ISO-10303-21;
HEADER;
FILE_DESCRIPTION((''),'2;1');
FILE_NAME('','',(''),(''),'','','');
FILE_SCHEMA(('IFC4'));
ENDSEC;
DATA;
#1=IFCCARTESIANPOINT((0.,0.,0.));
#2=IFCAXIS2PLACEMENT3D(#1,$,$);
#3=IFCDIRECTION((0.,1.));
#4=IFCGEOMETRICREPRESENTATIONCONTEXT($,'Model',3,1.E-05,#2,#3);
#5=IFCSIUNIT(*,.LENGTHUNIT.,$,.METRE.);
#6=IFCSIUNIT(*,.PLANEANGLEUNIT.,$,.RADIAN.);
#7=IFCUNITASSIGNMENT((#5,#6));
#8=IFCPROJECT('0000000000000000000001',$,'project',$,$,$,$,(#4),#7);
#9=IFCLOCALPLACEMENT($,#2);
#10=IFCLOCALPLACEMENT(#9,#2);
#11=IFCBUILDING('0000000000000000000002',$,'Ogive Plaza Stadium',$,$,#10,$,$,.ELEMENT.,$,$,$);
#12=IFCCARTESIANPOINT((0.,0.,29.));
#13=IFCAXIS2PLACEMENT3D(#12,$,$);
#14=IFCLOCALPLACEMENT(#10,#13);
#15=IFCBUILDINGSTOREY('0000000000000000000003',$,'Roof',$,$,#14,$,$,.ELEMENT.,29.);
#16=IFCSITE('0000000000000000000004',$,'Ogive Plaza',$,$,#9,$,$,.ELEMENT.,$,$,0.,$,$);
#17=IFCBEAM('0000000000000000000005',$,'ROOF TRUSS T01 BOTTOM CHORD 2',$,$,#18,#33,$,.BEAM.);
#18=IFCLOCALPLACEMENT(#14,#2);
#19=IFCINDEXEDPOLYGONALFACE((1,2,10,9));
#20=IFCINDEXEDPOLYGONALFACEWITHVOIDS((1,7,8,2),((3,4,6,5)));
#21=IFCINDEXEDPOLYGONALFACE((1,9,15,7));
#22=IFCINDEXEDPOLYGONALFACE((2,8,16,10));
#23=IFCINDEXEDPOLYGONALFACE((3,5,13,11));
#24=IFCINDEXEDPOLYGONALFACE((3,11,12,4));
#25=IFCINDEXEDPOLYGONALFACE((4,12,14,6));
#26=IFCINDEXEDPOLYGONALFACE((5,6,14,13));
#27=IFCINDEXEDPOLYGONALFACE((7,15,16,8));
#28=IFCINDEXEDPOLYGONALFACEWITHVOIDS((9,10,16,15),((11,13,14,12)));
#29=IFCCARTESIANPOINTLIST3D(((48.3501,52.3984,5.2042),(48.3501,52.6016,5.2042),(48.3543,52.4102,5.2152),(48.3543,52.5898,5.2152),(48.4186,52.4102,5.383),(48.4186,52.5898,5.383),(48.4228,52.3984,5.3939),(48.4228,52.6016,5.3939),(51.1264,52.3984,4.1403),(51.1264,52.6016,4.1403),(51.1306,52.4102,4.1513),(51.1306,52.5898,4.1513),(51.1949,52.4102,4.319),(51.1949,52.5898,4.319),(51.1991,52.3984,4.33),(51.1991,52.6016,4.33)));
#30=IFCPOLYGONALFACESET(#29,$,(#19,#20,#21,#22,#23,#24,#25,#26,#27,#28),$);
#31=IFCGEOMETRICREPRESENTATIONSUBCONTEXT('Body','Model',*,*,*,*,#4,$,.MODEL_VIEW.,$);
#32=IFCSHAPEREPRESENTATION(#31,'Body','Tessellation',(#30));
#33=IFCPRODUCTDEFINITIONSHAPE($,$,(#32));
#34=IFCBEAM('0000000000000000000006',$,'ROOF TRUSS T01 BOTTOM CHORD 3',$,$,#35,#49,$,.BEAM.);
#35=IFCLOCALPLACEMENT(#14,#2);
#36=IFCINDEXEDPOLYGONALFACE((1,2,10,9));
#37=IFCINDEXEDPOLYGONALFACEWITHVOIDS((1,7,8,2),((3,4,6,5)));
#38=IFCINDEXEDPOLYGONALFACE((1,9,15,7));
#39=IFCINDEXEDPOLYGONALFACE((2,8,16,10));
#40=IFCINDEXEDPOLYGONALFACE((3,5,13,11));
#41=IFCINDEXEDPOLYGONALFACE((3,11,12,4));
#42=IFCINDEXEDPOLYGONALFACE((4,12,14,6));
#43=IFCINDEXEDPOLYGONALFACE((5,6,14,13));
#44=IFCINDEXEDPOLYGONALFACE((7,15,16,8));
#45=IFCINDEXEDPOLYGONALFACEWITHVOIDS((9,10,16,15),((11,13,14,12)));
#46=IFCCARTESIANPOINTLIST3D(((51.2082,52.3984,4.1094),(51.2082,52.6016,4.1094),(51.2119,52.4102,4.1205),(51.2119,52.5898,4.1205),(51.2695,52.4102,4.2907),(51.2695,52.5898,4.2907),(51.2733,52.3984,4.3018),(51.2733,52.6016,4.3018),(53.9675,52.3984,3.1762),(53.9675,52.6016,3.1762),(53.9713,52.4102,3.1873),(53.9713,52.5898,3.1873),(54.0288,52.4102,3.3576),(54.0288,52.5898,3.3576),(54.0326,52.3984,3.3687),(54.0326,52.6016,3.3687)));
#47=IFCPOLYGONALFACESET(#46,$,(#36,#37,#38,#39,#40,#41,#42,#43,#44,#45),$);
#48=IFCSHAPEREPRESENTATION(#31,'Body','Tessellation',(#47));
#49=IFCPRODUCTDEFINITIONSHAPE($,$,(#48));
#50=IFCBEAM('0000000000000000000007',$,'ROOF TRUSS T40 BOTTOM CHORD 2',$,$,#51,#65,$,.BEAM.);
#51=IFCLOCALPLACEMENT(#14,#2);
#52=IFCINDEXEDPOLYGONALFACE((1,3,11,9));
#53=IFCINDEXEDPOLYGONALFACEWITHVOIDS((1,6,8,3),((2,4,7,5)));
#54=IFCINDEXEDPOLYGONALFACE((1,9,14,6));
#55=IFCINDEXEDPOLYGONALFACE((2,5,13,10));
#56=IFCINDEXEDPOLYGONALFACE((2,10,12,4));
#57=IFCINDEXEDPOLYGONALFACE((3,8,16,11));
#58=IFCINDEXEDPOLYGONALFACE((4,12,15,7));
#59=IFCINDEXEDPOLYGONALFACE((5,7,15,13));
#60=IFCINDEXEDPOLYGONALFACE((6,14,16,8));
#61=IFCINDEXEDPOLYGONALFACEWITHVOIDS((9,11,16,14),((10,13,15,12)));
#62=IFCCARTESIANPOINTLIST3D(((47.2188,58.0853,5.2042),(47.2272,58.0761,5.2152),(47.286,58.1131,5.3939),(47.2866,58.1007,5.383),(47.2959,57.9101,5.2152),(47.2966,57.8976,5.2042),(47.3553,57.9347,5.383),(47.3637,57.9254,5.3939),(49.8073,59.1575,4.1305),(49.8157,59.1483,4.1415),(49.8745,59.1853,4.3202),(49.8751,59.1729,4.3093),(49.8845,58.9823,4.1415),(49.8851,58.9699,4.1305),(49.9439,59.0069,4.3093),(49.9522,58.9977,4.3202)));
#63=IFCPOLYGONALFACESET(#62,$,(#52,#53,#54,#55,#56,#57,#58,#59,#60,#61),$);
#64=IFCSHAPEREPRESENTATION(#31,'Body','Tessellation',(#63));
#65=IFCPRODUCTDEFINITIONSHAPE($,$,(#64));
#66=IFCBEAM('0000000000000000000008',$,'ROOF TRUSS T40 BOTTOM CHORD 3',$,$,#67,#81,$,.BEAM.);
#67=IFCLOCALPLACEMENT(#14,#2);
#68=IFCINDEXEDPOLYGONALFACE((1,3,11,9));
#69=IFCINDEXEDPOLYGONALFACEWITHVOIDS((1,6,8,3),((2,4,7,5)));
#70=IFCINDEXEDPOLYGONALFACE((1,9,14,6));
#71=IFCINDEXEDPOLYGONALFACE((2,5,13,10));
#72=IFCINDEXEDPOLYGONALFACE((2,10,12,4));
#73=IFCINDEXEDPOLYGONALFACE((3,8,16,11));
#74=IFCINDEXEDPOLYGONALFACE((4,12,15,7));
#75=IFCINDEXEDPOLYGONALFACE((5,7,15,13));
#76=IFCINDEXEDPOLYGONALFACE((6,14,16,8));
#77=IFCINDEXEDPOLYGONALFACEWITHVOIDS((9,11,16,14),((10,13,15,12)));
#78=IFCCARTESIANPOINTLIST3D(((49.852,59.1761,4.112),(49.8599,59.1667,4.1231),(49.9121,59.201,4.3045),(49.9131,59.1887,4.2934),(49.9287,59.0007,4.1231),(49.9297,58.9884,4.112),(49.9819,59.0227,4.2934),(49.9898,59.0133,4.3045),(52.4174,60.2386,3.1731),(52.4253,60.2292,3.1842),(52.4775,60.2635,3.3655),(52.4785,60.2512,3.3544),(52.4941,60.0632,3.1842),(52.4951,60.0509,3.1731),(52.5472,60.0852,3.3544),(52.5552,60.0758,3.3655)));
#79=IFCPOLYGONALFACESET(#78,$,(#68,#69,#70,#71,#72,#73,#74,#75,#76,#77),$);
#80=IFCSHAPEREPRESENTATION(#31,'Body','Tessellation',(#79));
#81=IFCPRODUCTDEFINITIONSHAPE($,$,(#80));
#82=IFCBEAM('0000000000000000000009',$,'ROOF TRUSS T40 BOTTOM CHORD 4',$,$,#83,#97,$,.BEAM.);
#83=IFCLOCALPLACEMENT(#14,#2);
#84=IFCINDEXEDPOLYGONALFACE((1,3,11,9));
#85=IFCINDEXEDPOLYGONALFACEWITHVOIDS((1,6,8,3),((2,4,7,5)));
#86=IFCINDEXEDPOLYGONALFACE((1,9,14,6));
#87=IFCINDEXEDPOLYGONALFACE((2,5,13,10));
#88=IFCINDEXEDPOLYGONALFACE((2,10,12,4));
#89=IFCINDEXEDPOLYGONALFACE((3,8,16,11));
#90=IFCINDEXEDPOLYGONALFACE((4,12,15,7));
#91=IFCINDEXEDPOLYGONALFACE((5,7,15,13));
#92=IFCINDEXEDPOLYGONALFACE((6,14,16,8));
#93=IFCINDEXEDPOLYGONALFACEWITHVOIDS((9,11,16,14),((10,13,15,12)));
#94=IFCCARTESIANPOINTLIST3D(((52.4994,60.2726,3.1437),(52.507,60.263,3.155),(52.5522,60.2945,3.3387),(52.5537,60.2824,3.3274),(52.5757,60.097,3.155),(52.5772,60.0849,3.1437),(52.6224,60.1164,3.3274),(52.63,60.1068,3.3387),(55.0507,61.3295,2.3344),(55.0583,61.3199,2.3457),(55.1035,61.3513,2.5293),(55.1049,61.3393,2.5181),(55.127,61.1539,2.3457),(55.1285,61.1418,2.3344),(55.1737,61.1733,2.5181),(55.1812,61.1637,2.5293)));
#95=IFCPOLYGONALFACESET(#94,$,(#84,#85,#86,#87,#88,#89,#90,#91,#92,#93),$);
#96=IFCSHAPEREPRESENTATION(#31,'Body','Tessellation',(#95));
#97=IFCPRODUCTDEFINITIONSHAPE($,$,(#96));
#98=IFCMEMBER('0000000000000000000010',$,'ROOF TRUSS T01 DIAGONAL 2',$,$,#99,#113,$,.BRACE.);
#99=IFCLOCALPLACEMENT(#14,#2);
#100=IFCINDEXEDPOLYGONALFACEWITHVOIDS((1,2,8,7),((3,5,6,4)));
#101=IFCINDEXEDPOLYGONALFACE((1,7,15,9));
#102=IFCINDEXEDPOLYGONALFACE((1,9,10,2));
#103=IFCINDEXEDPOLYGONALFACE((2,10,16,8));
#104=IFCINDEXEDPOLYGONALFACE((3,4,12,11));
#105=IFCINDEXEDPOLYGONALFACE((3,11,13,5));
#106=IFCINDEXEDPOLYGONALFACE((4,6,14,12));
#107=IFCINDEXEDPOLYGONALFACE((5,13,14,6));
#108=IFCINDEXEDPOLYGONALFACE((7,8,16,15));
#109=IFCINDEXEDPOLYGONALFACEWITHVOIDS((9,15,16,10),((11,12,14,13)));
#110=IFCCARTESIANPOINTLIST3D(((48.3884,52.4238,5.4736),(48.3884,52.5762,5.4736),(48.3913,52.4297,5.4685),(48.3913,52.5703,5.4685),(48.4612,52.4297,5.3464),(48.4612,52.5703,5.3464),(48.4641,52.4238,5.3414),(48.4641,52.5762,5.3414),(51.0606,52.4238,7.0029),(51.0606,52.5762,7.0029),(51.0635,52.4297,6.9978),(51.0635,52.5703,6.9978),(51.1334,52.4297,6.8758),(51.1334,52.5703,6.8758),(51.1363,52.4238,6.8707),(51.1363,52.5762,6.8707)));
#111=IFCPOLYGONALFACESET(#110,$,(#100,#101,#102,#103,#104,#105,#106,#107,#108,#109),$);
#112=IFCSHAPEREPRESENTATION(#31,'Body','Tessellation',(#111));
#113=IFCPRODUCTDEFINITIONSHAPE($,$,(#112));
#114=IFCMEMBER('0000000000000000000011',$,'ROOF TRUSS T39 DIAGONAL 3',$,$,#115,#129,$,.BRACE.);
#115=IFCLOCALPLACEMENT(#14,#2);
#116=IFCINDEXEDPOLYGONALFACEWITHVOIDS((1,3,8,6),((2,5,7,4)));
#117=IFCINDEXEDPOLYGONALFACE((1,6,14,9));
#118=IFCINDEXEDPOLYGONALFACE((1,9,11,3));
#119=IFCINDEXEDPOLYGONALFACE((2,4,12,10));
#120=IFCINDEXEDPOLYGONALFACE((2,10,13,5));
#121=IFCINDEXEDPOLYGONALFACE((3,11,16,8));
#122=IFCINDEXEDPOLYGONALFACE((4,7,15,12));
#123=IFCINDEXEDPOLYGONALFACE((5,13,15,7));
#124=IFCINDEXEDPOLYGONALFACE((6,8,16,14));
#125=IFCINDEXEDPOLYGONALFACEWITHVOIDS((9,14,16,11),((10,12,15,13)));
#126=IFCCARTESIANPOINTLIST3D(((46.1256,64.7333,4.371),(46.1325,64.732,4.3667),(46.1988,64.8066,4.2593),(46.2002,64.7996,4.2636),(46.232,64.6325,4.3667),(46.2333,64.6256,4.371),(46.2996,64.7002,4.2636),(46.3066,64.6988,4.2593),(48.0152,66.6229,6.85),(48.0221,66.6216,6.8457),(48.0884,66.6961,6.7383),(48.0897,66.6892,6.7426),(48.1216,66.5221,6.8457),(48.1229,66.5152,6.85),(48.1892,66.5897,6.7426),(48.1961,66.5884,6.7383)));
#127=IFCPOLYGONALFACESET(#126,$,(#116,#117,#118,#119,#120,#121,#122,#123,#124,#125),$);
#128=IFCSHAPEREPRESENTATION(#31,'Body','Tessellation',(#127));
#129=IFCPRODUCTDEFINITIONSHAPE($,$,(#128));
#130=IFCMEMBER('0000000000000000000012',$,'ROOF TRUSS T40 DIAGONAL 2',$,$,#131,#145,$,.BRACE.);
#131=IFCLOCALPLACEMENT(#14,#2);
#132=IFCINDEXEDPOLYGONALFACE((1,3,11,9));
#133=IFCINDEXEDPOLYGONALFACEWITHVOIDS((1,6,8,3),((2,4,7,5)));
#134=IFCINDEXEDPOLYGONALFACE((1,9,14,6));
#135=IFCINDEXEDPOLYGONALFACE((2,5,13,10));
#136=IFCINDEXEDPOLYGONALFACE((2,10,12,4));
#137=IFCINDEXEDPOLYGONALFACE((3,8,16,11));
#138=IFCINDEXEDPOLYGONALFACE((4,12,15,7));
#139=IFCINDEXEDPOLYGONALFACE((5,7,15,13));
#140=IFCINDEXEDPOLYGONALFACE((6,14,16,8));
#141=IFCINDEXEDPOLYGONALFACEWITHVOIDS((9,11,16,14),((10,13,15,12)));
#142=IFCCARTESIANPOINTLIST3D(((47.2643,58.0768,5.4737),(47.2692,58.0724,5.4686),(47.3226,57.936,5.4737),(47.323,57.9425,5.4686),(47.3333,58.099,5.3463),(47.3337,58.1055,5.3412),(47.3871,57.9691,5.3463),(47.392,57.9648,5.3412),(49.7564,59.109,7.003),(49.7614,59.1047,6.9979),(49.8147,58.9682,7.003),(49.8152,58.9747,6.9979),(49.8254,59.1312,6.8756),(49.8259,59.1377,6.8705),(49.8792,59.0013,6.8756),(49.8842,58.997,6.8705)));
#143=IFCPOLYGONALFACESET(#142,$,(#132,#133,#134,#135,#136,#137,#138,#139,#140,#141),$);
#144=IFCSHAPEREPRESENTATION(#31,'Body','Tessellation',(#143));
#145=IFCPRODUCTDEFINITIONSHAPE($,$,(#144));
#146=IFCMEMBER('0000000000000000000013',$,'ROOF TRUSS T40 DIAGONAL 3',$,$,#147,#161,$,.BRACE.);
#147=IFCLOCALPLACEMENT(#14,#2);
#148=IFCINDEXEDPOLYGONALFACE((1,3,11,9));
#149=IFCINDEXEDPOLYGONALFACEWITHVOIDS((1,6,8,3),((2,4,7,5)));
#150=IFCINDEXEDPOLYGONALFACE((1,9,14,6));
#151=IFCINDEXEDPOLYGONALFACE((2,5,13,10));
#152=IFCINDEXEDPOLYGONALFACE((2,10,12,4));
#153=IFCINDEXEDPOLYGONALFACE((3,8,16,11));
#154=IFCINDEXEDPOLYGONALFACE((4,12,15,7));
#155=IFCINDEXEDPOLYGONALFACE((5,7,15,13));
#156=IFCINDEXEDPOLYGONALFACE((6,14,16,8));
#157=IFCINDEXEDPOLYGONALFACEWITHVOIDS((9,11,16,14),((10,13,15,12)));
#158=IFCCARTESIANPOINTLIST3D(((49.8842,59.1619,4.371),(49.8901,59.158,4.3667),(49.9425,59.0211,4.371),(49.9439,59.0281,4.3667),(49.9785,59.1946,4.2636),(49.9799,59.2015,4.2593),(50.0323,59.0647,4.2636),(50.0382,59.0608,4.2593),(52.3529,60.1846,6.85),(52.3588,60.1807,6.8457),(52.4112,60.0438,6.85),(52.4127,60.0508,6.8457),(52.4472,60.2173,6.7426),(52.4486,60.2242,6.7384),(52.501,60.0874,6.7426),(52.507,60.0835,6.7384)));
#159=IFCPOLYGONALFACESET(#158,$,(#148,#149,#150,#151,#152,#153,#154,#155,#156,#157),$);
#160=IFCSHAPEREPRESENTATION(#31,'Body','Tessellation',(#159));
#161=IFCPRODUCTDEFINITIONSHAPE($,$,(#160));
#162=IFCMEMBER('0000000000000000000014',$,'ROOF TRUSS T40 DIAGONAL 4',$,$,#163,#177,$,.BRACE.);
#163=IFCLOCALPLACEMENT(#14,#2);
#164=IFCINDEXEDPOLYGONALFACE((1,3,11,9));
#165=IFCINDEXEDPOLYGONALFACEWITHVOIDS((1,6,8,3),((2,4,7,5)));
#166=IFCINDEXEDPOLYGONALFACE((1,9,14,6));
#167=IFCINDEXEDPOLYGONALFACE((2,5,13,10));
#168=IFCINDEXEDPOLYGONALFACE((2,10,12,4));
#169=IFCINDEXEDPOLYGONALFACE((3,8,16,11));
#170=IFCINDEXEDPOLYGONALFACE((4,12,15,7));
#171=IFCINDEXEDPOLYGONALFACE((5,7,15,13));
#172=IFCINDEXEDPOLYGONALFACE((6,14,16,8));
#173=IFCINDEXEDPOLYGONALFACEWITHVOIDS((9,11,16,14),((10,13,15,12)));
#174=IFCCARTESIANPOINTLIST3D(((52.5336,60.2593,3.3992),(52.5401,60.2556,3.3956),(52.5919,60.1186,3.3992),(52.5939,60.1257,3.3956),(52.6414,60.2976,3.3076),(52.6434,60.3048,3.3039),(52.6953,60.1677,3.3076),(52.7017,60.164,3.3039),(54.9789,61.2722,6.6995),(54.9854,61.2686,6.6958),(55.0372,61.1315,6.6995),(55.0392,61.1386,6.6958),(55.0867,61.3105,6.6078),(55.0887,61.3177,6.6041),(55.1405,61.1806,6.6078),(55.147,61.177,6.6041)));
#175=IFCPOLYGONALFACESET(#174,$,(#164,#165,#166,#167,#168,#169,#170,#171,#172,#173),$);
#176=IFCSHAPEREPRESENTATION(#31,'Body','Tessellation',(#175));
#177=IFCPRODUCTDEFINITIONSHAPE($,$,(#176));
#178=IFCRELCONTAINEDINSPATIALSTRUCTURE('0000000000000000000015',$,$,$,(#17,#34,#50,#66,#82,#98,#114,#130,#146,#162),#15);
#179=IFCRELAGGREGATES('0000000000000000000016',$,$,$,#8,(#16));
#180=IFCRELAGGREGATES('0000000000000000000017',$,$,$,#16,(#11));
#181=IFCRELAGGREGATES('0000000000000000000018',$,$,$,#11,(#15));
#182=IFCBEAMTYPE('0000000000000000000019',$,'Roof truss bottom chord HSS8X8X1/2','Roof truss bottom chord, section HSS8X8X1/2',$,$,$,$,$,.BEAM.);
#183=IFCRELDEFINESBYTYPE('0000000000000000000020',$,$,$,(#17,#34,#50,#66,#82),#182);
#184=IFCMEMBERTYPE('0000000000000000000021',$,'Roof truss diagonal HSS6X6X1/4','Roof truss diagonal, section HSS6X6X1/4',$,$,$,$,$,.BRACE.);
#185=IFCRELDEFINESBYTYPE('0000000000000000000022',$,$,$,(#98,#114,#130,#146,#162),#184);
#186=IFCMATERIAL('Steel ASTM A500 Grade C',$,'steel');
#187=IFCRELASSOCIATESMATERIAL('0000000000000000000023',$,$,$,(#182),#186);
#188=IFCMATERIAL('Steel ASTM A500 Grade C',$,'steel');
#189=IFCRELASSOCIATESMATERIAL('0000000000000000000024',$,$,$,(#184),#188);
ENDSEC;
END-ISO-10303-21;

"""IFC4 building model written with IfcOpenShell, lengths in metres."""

from ifc_helpers import new_model, si_unit, direction, frame, origin, origin_2d, place, context, subcontext, project, spatial, hollow_rectangle, extrude, material, material_profile, profile_set, type_object, element, save


model = new_model("IFC4")

# Units and contexts
model_context = context("Model", 3, precision=1e-05, world=origin(), true_north=direction((0.0, 1.0)))
body_context = subcontext(model_context, "Body", "Model", "MODEL_VIEW")
ifc_project = project(units=[si_unit("LENGTHUNIT", "METRE"), si_unit("PLANEANGLEUNIT", "RADIAN")], contexts=[model_context])

# Site, building, storey
site_placement = place(None, origin())
site = spatial("IfcSite", under=ifc_project, at=site_placement, Name="Ogive Plaza", CompositionType="ELEMENT", RefElevation=0.0)
building_placement = place(site_placement, origin())
building = spatial("IfcBuilding", under=site, at=building_placement, Name="Ogive Plaza Stadium", CompositionType="ELEMENT")
storey_placement = place(building_placement, frame((0.0, 0.0, 29.0)))
storey = spatial("IfcBuildingStorey", under=building, at=storey_placement, Name="Roof", CompositionType="ELEMENT", Elevation=29.0)

# Beams
ifc_material_1 = material(Name="Steel ASTM A500 Grade C", Category="steel")
ifc_material_profile_1 = material_profile(ifc_material_1, hollow_rectangle(XDim=0.2031, YDim=0.2031, WallThickness=0.0117, at=origin_2d()), Name="HSS8X8X1/2")
ifc_profile_set_1 = profile_set([ifc_material_profile_1], Name="Steel ASTM A500 Grade C")
beam_type_1 = type_object("IfcBeamType", Name="Roof truss bottom chord HSS8X8X1/2", Description="Roof truss bottom chord, section HSS8X8X1/2", PredefinedType="BEAM", material=ifc_profile_set_1)
beam_1_placement = place(storey_placement, frame((48.3865, 52.5, 5.2991), z_axis=(0.933781, 0.0, -0.357845), x_axis=(0.0, 1.0, 0.0)))
element("IfcBeam", 1, at=beam_1_placement, inside=storey, type_object=beam_type_1, Name="ROOF TRUSS T01 BOTTOM CHORD 2", PredefinedType="BEAM", context=body_context, shape_type="SweptSolid", body=[
    extrude(hollow_rectangle(XDim=0.2031, YDim=0.2031, WallThickness=0.0117, at=origin_2d()), origin(), (0.0, 0.0, 1.0), 2.9731),
])
beam_2_placement = place(storey_placement, frame((51.2407, 52.5, 4.2056), z_axis=(0.9473, 0.0, -0.320349), x_axis=(0.0, 1.0, 0.0)))
element("IfcBeam", 2, at=beam_2_placement, inside=storey, type_object=beam_type_1, Name="ROOF TRUSS T01 BOTTOM CHORD 3", PredefinedType="BEAM", context=body_context, shape_type="SweptSolid", body=[
    extrude(hollow_rectangle(XDim=0.2031, YDim=0.2031, WallThickness=0.0117, at=origin_2d()), origin(), (0.0, 0.0, 1.0), 2.9128),
])
beam_3_placement = place(storey_placement, frame((47.2913, 58.0054, 5.2991), z_axis=(0.862701, 0.35735, -0.357838), x_axis=(-0.38269, 0.923877, 0.0)))
element("IfcBeam", 3, at=beam_3_placement, inside=storey, type_object=beam_type_1, Name="ROOF TRUSS T40 BOTTOM CHORD 2", PredefinedType="BEAM", context=body_context, shape_type="SweptSolid", body=[
    extrude(hollow_rectangle(XDim=0.2031, YDim=0.2031, WallThickness=0.0117, at=origin_2d()), origin(), (0.0, 0.0, 1.0), 3.0005),
])
beam_4_placement = place(storey_placement, frame((49.9209, 59.0947, 4.2083), z_axis=(0.875212, 0.362478, -0.320334), x_axis=(-0.382642, 0.923897, 0.0)))
element("IfcBeam", 4, at=beam_4_placement, inside=storey, type_object=beam_type_1, Name="ROOF TRUSS T40 BOTTOM CHORD 3", PredefinedType="BEAM", context=body_context, shape_type="SweptSolid", body=[
    extrude(hollow_rectangle(XDim=0.2031, YDim=0.2031, WallThickness=0.0117, at=origin_2d()), origin(), (0.0, 0.0, 1.0), 2.9312),
])
beam_5_placement = place(storey_placement, frame((52.5647, 60.1897, 3.2412), z_axis=(0.886574, 0.367271, -0.281243), x_axis=(-0.382719, 0.923865, 0.0)))
element("IfcBeam", 5, at=beam_5_placement, inside=storey, type_object=beam_type_1, Name="ROOF TRUSS T40 BOTTOM CHORD 4", PredefinedType="BEAM", context=body_context, shape_type="SweptSolid", body=[
    extrude(hollow_rectangle(XDim=0.2031, YDim=0.2031, WallThickness=0.0117, at=origin_2d()), origin(), (0.0, 0.0, 1.0), 2.8777),
])

# Members
ifc_material_2 = material(Name="Steel ASTM A500 Grade C", Category="steel")
ifc_material_profile_2 = material_profile(ifc_material_2, hollow_rectangle(XDim=0.1523, YDim=0.1523, WallThickness=0.0059, at=origin_2d()), Name="HSS6X6X1/4")
ifc_profile_set_2 = profile_set([ifc_material_profile_2], Name="Steel ASTM A500 Grade C")
member_type_1 = type_object("IfcMemberType", Name="Roof truss diagonal HSS6X6X1/4", Description="Roof truss diagonal, section HSS6X6X1/4", PredefinedType="BRACE", material=ifc_profile_set_2)
member_1_placement = place(storey_placement, frame((48.4263, 52.5, 5.4075), z_axis=(0.867911, 0.0, 0.49672), x_axis=(0.0, 1.0, 0.0)))
element("IfcMember", 6, at=member_1_placement, inside=storey, type_object=member_type_1, Name="ROOF TRUSS T01 DIAGONAL 2", PredefinedType="BRACE", context=body_context, shape_type="SweptSolid", body=[
    extrude(hollow_rectangle(XDim=0.1523, YDim=0.1523, WallThickness=0.0059, at=origin_2d()), origin(), (0.0, 0.0, 1.0), 3.0789),
])
member_2_placement = place(storey_placement, frame((46.2161, 64.7161, 4.3152), z_axis=(0.518403, 0.518403, 0.680086), x_axis=(-0.707107, 0.707107, 0.0)))
element("IfcMember", 7, at=member_2_placement, inside=storey, type_object=member_type_1, Name="ROOF TRUSS T39 DIAGONAL 3", PredefinedType="BRACE", context=body_context, shape_type="SweptSolid", body=[
    extrude(hollow_rectangle(XDim=0.1523, YDim=0.1523, WallThickness=0.0059, at=origin_2d()), origin(), (0.0, 0.0, 1.0), 3.645),
])
member_3_placement = place(storey_placement, frame((47.3281, 58.0208, 5.4075), z_axis=(0.803712, 0.332886, 0.493187), x_axis=(-0.382661, 0.923889, 0.0)))
element("IfcMember", 8, at=member_3_placement, inside=storey, type_object=member_type_1, Name="ROOF TRUSS T40 DIAGONAL 2", PredefinedType="BRACE", context=body_context, shape_type="SweptSolid", body=[
    extrude(hollow_rectangle(XDim=0.1523, YDim=0.1523, WallThickness=0.0059, at=origin_2d()), origin(), (0.0, 0.0, 1.0), 3.1008),
])
member_4_placement = place(storey_placement, frame((49.9612, 59.1113, 4.3152), z_axis=(0.677295, 0.280577, 0.680109), x_axis=(-0.38272, 0.923864, 0.0)))
element("IfcMember", 9, at=member_4_placement, inside=storey, type_object=member_type_1, Name="ROOF TRUSS T40 DIAGONAL 3", PredefinedType="BRACE", context=body_context, shape_type="SweptSolid", body=[
    extrude(hollow_rectangle(XDim=0.1523, YDim=0.1523, WallThickness=0.0059, at=origin_2d()), origin(), (0.0, 0.0, 1.0), 3.645),
])
member_5_placement = place(storey_placement, frame((52.6177, 60.2117, 3.3516), z_axis=(0.578013, 0.239435, 0.78011), x_axis=(-0.382702, 0.923872, 0.0)))
element("IfcMember", 10, at=member_5_placement, inside=storey, type_object=member_type_1, Name="ROOF TRUSS T40 DIAGONAL 4", PredefinedType="BRACE", context=body_context, shape_type="SweptSolid", body=[
    extrude(hollow_rectangle(XDim=0.1523, YDim=0.1523, WallThickness=0.0059, at=origin_2d()), origin(), (0.0, 0.0, 1.0), 4.2305),
])

save(model, "model.ifc")
